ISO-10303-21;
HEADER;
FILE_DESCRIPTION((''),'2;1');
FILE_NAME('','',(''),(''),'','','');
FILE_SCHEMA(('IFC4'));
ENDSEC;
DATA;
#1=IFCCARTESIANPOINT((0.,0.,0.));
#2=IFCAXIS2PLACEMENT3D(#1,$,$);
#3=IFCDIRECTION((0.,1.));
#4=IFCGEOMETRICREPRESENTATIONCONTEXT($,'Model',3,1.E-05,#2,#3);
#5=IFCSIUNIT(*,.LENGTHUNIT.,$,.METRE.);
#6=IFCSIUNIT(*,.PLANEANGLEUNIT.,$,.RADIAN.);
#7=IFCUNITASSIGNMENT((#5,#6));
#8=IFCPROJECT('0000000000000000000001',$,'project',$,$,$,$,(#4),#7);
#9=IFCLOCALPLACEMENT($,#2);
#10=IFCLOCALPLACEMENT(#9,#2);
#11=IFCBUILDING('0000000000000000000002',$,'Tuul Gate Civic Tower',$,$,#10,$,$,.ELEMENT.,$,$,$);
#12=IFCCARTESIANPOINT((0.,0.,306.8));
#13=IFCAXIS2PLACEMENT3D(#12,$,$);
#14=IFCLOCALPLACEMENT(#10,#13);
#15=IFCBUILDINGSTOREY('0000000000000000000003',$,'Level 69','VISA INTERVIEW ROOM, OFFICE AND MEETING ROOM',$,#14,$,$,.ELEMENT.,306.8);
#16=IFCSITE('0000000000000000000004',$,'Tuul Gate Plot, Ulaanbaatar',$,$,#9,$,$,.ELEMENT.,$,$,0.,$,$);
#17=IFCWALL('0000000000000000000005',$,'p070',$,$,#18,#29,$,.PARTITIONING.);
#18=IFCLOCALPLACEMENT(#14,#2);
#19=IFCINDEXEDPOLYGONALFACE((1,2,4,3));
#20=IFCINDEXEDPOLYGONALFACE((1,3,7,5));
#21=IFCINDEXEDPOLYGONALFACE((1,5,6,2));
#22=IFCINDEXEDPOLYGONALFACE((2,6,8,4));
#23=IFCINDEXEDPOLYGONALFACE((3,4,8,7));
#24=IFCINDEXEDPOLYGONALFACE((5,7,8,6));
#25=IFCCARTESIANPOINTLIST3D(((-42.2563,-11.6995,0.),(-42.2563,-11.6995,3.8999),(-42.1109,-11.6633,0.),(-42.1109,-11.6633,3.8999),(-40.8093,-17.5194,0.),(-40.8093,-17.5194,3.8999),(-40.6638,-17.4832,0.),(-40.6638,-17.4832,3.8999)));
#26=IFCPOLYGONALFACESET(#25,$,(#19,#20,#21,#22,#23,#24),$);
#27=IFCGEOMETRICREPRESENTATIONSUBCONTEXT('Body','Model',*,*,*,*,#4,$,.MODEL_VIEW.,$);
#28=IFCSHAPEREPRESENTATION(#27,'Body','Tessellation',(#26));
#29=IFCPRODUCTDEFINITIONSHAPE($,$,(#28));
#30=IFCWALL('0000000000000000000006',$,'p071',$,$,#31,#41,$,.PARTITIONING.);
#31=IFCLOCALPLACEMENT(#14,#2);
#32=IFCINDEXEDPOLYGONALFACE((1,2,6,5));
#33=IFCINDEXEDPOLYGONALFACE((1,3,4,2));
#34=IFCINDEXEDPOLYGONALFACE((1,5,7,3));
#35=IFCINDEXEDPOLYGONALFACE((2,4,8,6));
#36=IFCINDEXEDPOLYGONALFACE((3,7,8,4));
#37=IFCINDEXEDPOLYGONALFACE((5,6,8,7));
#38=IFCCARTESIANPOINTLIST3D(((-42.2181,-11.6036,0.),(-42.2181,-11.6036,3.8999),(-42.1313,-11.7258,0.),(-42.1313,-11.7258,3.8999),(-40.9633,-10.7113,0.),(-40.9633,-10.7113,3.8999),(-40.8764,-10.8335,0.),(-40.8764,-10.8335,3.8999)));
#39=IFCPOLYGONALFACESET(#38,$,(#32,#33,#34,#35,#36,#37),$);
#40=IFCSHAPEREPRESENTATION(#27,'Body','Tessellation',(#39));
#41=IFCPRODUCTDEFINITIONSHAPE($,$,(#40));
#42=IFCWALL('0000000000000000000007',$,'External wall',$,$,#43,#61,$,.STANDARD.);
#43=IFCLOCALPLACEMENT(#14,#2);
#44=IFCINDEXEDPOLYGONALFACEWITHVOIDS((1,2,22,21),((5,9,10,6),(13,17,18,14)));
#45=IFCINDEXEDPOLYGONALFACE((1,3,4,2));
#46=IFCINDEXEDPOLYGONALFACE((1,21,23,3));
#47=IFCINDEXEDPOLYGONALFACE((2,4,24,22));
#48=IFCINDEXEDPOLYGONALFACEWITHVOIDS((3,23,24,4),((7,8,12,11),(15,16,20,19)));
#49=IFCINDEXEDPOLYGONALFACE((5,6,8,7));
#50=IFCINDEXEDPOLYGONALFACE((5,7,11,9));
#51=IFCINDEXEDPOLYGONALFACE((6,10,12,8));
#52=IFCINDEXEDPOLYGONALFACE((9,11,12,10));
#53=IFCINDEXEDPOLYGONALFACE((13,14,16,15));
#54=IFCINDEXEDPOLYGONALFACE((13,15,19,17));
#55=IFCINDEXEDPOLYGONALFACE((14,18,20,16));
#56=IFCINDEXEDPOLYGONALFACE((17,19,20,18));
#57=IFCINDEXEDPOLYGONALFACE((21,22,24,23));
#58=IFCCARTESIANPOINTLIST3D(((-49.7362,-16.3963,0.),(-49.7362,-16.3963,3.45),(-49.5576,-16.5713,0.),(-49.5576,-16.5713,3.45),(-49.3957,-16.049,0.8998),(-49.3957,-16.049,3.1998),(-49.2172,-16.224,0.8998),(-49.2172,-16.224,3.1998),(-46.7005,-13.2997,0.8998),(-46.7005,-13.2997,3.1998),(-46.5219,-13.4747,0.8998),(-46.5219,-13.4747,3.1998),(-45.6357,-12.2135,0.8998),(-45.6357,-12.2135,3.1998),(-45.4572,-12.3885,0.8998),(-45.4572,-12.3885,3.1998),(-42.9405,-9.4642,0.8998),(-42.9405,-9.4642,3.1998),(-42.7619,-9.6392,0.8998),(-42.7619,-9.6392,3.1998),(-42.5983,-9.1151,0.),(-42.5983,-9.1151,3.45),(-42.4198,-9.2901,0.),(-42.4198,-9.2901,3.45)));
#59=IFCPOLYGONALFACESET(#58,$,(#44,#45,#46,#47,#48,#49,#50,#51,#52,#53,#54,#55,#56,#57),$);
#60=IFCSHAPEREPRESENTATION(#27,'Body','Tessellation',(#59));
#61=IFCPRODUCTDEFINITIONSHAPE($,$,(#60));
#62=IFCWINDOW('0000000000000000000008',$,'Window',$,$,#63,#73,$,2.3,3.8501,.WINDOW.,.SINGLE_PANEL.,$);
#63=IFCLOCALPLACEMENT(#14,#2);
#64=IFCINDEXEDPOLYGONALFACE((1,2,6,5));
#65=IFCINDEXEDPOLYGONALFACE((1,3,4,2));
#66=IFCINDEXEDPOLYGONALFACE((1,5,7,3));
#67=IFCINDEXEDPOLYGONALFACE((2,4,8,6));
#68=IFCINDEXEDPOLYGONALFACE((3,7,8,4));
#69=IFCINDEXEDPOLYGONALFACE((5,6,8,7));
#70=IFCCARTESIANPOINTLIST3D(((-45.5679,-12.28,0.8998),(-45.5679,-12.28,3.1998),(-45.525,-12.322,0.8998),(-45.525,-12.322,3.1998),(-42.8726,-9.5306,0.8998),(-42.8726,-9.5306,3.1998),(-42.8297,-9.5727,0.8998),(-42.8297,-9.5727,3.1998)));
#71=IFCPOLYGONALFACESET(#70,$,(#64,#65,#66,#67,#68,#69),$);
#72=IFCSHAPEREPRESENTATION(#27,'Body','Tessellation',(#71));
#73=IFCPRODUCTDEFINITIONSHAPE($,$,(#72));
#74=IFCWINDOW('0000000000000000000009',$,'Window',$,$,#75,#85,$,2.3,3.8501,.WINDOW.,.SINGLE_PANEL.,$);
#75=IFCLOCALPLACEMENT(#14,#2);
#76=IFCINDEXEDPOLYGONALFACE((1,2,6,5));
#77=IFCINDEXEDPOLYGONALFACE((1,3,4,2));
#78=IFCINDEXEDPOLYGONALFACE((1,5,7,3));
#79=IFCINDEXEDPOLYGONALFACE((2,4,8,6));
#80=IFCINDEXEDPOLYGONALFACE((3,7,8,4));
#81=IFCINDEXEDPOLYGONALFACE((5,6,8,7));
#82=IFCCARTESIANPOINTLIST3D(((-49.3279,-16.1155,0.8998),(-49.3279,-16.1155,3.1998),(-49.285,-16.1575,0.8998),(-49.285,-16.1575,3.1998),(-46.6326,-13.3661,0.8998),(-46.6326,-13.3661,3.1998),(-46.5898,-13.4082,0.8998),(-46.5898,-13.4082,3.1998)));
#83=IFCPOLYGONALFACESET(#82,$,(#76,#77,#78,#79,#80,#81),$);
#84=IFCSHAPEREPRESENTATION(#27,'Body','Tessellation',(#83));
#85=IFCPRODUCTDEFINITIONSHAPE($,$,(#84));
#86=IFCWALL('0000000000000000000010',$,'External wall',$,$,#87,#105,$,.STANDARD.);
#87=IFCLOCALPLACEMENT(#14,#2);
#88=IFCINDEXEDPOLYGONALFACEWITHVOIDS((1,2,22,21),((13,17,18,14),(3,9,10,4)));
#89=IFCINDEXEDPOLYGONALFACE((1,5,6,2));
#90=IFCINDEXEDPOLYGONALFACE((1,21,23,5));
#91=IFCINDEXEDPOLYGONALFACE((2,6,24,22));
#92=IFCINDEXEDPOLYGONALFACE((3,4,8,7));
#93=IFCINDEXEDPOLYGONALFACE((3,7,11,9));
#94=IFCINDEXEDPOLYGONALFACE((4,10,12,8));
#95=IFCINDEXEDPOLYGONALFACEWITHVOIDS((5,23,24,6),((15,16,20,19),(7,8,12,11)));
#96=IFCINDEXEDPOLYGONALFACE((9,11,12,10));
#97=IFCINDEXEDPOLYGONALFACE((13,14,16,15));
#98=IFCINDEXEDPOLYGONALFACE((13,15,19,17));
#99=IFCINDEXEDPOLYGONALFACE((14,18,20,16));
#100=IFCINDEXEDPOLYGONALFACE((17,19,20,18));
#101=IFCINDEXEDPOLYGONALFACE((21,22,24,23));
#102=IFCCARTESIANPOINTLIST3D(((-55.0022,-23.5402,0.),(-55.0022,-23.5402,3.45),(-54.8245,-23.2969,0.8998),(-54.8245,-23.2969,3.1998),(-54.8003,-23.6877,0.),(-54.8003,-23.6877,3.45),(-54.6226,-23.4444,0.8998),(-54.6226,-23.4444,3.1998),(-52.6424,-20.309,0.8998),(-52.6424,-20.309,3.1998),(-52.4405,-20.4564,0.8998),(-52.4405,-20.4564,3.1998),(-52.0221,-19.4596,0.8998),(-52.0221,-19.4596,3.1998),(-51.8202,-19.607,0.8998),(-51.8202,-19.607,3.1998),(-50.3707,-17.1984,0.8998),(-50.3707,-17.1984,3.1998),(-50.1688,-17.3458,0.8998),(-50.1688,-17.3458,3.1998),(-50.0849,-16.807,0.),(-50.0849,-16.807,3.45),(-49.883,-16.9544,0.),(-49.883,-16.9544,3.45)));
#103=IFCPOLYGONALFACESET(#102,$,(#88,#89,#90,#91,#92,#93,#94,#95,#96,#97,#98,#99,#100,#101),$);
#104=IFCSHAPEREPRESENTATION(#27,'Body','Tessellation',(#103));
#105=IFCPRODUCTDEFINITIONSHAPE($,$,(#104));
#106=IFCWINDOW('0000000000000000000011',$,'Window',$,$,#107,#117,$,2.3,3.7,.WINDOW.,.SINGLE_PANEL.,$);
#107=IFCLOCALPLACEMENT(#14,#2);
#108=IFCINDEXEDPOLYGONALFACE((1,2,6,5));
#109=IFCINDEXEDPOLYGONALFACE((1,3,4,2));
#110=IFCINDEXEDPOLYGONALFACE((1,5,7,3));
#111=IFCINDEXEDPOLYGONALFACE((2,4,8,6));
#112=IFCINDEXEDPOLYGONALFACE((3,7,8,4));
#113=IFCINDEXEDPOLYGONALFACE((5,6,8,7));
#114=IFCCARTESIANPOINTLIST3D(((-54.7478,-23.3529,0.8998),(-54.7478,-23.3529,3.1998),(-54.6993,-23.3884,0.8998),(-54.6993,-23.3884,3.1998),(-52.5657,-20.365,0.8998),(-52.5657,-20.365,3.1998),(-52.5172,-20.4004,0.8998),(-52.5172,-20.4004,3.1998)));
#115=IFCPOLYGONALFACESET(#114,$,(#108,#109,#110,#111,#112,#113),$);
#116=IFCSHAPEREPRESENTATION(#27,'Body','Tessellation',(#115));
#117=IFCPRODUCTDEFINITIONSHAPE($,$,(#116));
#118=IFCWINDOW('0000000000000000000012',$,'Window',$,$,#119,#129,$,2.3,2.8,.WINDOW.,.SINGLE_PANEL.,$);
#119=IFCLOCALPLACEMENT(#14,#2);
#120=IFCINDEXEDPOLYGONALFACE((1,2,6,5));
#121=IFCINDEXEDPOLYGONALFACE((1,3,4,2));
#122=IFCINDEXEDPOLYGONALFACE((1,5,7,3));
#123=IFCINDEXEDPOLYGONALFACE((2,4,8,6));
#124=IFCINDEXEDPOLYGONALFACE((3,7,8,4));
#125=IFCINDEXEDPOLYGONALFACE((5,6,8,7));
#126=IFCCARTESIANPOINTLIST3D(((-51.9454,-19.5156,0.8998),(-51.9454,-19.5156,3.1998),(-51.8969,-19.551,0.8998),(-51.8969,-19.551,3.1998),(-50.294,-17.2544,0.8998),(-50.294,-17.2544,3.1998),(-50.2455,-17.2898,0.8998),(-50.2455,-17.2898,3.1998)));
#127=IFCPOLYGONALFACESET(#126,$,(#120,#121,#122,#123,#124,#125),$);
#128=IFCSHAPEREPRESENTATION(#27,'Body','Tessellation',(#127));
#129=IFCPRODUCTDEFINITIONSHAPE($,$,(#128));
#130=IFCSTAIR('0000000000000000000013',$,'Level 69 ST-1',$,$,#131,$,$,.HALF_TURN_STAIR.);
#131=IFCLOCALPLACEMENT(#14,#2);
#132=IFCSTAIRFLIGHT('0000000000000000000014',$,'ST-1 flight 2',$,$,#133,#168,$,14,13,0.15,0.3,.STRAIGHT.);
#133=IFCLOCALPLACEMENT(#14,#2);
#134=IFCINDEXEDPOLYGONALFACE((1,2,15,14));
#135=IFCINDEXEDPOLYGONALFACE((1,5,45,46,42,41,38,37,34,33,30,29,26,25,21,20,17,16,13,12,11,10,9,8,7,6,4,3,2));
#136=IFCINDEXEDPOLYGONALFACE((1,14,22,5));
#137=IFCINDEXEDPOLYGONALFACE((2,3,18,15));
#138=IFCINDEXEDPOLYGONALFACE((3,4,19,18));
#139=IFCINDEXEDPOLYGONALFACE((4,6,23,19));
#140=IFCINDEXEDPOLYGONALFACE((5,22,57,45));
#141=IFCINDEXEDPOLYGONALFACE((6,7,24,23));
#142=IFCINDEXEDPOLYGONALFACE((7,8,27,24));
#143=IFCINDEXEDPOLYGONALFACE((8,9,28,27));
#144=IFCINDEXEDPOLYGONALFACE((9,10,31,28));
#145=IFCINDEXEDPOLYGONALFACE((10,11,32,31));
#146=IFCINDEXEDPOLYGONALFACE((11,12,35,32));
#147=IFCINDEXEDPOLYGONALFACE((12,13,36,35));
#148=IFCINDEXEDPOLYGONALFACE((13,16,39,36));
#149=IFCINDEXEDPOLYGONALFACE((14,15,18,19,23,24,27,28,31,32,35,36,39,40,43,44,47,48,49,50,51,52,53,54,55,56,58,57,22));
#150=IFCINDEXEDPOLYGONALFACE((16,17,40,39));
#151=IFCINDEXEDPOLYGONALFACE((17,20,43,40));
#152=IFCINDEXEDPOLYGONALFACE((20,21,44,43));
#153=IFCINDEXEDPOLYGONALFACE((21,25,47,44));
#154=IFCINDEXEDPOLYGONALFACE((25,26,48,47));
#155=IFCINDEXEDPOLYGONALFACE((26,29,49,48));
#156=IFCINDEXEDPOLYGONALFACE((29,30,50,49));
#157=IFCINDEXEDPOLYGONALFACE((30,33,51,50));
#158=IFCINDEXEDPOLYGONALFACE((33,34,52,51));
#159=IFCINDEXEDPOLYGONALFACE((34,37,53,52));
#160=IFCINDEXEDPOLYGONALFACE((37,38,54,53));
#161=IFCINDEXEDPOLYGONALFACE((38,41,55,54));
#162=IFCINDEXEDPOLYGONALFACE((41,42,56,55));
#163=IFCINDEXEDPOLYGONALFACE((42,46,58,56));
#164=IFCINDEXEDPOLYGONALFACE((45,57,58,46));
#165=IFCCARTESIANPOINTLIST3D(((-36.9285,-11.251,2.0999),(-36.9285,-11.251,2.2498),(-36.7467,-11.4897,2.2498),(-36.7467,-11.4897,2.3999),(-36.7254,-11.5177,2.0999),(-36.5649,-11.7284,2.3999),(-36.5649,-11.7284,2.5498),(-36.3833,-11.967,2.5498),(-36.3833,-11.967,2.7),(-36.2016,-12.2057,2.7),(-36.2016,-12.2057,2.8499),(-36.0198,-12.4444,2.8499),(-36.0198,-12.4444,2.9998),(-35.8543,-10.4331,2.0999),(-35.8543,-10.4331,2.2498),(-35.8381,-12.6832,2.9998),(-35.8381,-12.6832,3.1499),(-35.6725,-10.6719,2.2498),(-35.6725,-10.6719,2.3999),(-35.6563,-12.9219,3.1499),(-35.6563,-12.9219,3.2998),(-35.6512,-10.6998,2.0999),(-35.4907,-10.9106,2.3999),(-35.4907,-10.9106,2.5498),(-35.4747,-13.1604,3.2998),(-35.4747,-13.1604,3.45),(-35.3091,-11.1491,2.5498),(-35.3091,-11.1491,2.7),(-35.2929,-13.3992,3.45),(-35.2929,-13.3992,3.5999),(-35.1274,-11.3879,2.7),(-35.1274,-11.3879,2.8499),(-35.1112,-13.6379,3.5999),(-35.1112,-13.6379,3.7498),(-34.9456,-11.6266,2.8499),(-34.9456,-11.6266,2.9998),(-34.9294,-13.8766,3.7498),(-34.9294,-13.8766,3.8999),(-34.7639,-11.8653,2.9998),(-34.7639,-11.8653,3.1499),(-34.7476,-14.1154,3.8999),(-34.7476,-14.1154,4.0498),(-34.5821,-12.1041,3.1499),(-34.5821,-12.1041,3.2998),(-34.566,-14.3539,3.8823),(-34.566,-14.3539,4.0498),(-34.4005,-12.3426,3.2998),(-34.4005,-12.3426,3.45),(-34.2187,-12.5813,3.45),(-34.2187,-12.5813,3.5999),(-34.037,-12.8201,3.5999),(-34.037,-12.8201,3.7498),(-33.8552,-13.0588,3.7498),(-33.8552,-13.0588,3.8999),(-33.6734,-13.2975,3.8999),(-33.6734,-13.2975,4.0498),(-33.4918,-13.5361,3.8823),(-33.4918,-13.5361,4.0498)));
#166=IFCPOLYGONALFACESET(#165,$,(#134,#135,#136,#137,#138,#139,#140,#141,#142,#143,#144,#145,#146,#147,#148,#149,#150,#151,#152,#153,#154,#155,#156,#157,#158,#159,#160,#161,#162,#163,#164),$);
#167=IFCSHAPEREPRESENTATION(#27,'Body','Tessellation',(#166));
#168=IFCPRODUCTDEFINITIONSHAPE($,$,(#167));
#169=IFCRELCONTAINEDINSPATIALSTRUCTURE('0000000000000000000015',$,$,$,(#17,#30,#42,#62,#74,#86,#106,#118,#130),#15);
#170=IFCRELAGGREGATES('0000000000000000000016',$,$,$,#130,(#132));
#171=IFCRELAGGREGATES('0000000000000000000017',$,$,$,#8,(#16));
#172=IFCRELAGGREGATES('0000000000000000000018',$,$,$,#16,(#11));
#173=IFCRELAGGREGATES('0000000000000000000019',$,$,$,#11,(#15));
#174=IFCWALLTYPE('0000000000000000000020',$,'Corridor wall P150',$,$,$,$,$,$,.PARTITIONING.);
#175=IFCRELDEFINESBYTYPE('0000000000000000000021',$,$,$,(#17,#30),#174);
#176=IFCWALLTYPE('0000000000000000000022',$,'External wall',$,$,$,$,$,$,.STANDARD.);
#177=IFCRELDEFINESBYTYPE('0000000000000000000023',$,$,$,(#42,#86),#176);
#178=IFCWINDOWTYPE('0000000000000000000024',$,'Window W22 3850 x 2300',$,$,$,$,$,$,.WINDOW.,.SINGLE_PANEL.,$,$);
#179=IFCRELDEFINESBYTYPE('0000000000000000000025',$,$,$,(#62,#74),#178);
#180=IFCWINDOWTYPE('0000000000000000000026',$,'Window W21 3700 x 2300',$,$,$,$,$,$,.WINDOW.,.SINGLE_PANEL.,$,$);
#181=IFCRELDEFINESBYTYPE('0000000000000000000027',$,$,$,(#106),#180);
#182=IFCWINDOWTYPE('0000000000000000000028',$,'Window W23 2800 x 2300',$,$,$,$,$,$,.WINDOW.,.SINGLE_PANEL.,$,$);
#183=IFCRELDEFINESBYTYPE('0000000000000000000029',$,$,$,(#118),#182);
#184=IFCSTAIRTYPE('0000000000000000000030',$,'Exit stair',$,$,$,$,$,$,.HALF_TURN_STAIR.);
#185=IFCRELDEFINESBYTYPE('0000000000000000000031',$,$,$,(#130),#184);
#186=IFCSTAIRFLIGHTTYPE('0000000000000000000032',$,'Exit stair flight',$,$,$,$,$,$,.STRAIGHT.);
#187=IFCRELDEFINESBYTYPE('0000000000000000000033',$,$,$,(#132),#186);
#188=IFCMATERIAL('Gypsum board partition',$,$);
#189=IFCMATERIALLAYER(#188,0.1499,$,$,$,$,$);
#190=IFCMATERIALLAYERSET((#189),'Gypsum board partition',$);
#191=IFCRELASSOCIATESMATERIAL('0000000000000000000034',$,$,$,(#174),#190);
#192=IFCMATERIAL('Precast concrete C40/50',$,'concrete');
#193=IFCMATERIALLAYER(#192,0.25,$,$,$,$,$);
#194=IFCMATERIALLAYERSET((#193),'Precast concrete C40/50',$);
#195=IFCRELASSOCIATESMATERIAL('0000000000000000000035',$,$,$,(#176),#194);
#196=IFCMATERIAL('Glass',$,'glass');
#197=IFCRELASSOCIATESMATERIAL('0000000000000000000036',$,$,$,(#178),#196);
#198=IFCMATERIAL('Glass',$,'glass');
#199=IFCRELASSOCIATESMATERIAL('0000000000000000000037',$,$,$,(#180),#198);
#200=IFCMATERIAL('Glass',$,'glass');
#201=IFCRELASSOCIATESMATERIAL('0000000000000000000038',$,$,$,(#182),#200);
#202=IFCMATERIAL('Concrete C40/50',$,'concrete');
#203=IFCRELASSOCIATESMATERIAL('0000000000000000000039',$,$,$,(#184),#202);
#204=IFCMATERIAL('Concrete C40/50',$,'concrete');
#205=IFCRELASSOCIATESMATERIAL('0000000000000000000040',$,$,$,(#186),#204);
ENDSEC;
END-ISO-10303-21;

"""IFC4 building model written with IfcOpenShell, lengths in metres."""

from ifc_helpers import new_model, si_unit, direction, frame, frame_2d, origin, place, context, subcontext, project, spatial, polyline, rectangle, outline, extrude, material, layer, layer_set, type_object, element, fill, aggregate, save


model = new_model("IFC4")

# Units and contexts
model_context = context("Model", 3, precision=1e-05, world=origin(), true_north=direction((0.0, 1.0)))
body_context = subcontext(model_context, "Body", "Model", "MODEL_VIEW")
ifc_project = project(units=[si_unit("LENGTHUNIT", "METRE"), si_unit("PLANEANGLEUNIT", "RADIAN")], contexts=[model_context])

# Site, building, storey
site_placement = place(None, origin())
site = spatial("IfcSite", under=ifc_project, at=site_placement, Name="Tuul Gate Plot, Ulaanbaatar", CompositionType="ELEMENT", RefElevation=0.0)
building_placement = place(site_placement, origin())
building = spatial("IfcBuilding", under=site, at=building_placement, Name="Tuul Gate Civic Tower", CompositionType="ELEMENT")
storey_placement = place(building_placement, frame((0.0, 0.0, 306.8)))
storey = spatial("IfcBuildingStorey", under=building, at=storey_placement, Name="Level 69", Description="VISA INTERVIEW ROOM, OFFICE AND MEETING ROOM", CompositionType="ELEMENT", Elevation=306.8)

# Walls
ifc_material_1 = material(Name="Gypsum board partition")
ifc_layer_1 = layer(ifc_material_1, 0.1499)
ifc_layer_set_1 = layer_set([ifc_layer_1], Name="Gypsum board partition")
wall_type_1 = type_object("IfcWallType", Name="Corridor wall P150", PredefinedType="PARTITIONING", material=ifc_layer_set_1)
wall_1_placement = place(storey_placement, frame((-42.1836, -11.6814, 0.0), z_axis=(0.0, 0.0, 1.0), x_axis=(0.24129, -0.970453, 0.0)))
element("IfcWall", 1, at=wall_1_placement, inside=storey, type_object=wall_type_1, Name="p070", PredefinedType="PARTITIONING", context=body_context, shape_type="SweptSolid", body=[
    extrude(rectangle(XDim=5.9971, YDim=0.1499, at=frame_2d((2.9985, 0.0))), origin(), (0.0, 0.0, 1.0), 3.8999),
])
wall_2_placement = place(storey_placement, frame((-42.1748, -11.6648, 0.0), z_axis=(0.0, 0.0, 1.0), x_axis=(0.814964, 0.579512, 0.0)))
element("IfcWall", 2, at=wall_2_placement, inside=storey, type_object=wall_type_1, Name="p071", PredefinedType="PARTITIONING", context=body_context, shape_type="SweptSolid", body=[
    extrude(rectangle(XDim=1.5398, YDim=0.1499, at=frame_2d((0.77, 0.0))), origin(), (0.0, 0.0, 1.0), 3.8999),
])

# Walls, openings, windows
ifc_material_2 = material(Name="Precast concrete C40/50", Category="concrete")
ifc_layer_2 = layer(ifc_material_2, 0.25)
ifc_layer_set_2 = layer_set([ifc_layer_2], Name="Precast concrete C40/50")
wall_type_2 = type_object("IfcWallType", Name="External wall", PredefinedType="STANDARD", material=ifc_layer_set_2)
wall_3_placement = place(storey_placement, frame((-42.509, -9.2026, 0.0), z_axis=(0.0, 0.0, 1.0), x_axis=(-0.700044, -0.714099, 0.0)))
wall_3 = element("IfcWall", 3, at=wall_3_placement, inside=storey, type_object=wall_type_2, Name="External wall", PredefinedType="STANDARD", context=body_context, shape_type="SweptSolid", body=[
    extrude(rectangle(XDim=10.1963, YDim=0.25, at=frame_2d((5.0981, 0.0))), origin(), (0.0, 0.0, 1.0), 3.45),
])
opening_1_placement = place(wall_3_placement, frame((0.4888, 0.0, 0.8999)))
opening_1 = element("IfcOpeningElement", 4, at=opening_1_placement, cuts=wall_3, PredefinedType="OPENING", context=body_context, shape_type="SweptSolid", body=[
    extrude(rectangle(XDim=3.8501, YDim=2.3, at=frame_2d((1.925, 1.1499))), frame((0.0, 0.135, 0.0), z_axis=(0.0, -1.0, 0.0), x_axis=(1.0, 0.0, 0.0)), (0.0, 0.0, 1.0), 0.27),
])
opening_2_placement = place(wall_3_placement, frame((5.8599, 0.0, 0.8999)))
opening_2 = element("IfcOpeningElement", 5, at=opening_2_placement, cuts=wall_3, PredefinedType="OPENING", context=body_context, shape_type="SweptSolid", body=[
    extrude(rectangle(XDim=3.8501, YDim=2.3, at=frame_2d((1.925, 1.1499))), frame((0.0, 0.135, 0.0), z_axis=(0.0, -1.0, 0.0), x_axis=(1.0, 0.0, 0.0)), (0.0, 0.0, 1.0), 0.27),
])
ifc_material_3 = material(Name="Glass", Category="glass")
window_type_1 = type_object("IfcWindowType", Name="Window W22 3850 x 2300", PartitioningType="SINGLE_PANEL", PredefinedType="WINDOW", material=ifc_material_3)
window_1_placement = place(opening_1_placement, origin())
window_1 = element("IfcWindow", 6, at=window_1_placement, inside=storey, type_object=window_type_1, Name="Window", OverallHeight=2.3, OverallWidth=3.8501, PartitioningType="SINGLE_PANEL", PredefinedType="WINDOW", context=body_context, shape_type="SweptSolid", body=[
    extrude(rectangle(XDim=3.8501, YDim=2.3, at=frame_2d((1.925, 1.1499))), frame((0.0, 0.03, 0.0), z_axis=(0.0, -1.0, 0.0), x_axis=(1.0, 0.0, 0.0)), (0.0, 0.0, 1.0), 0.0601),
])
fill(opening_1, window_1)
window_2_placement = place(opening_2_placement, origin())
window_2 = element("IfcWindow", 7, at=window_2_placement, inside=storey, type_object=window_type_1, Name="Window", OverallHeight=2.3, OverallWidth=3.8501, PartitioningType="SINGLE_PANEL", PredefinedType="WINDOW", context=body_context, shape_type="SweptSolid", body=[
    extrude(rectangle(XDim=3.8501, YDim=2.3, at=frame_2d((1.925, 1.1499))), frame((0.0, 0.03, 0.0), z_axis=(0.0, -1.0, 0.0), x_axis=(1.0, 0.0, 0.0)), (0.0, 0.0, 1.0), 0.0601),
])
fill(opening_2, window_2)
wall_4_placement = place(storey_placement, frame((-49.9839, -16.8806, 0.0), z_axis=(0.0, 0.0, 1.0), x_axis=(-0.589771, -0.807571, 0.0)))
wall_4 = element("IfcWall", 8, at=wall_4_placement, inside=storey, type_object=wall_type_2, Name="External wall", PredefinedType="STANDARD", context=body_context, shape_type="SweptSolid", body=[
    extrude(rectangle(XDim=8.3376, YDim=0.25, at=frame_2d((4.1689, 0.0))), origin(), (0.0, 0.0, 1.0), 3.45),
])
opening_3_placement = place(wall_4_placement, frame((0.4849, 0.0, 0.8999)))
opening_3 = element("IfcOpeningElement", 9, at=opening_3_placement, cuts=wall_4, PredefinedType="OPENING", context=body_context, shape_type="SweptSolid", body=[
    extrude(rectangle(XDim=2.8, YDim=2.3, at=frame_2d((1.3999, 1.1499))), frame((0.0, 0.135, 0.0), z_axis=(0.0, -1.0, 0.0), x_axis=(1.0, 0.0, 0.0)), (0.0, 0.0, 1.0), 0.27),
])
opening_4_placement = place(wall_4_placement, frame((4.3364, 0.0, 0.8999)))
opening_4 = element("IfcOpeningElement", 10, at=opening_4_placement, cuts=wall_4, PredefinedType="OPENING", context=body_context, shape_type="SweptSolid", body=[
    extrude(rectangle(XDim=3.7, YDim=2.3, at=frame_2d((1.8501, 1.1499))), frame((0.0, 0.135, 0.0), z_axis=(0.0, -1.0, 0.0), x_axis=(1.0, 0.0, 0.0)), (0.0, 0.0, 1.0), 0.27),
])
ifc_material_4 = material(Name="Glass", Category="glass")
window_type_2 = type_object("IfcWindowType", Name="Window W21 3700 x 2300", PartitioningType="SINGLE_PANEL", PredefinedType="WINDOW", material=ifc_material_4)
window_3_placement = place(opening_4_placement, origin())
window_3 = element("IfcWindow", 11, at=window_3_placement, inside=storey, type_object=window_type_2, Name="Window", OverallHeight=2.3, OverallWidth=3.7, PartitioningType="SINGLE_PANEL", PredefinedType="WINDOW", context=body_context, shape_type="SweptSolid", body=[
    extrude(rectangle(XDim=3.7, YDim=2.3, at=frame_2d((1.8501, 1.1499))), frame((0.0, 0.03, 0.0), z_axis=(0.0, -1.0, 0.0), x_axis=(1.0, 0.0, 0.0)), (0.0, 0.0, 1.0), 0.0601),
])
fill(opening_4, window_3)
ifc_material_5 = material(Name="Glass", Category="glass")
window_type_3 = type_object("IfcWindowType", Name="Window W23 2800 x 2300", PartitioningType="SINGLE_PANEL", PredefinedType="WINDOW", material=ifc_material_5)
window_4_placement = place(opening_3_placement, origin())
window_4 = element("IfcWindow", 12, at=window_4_placement, inside=storey, type_object=window_type_3, Name="Window", OverallHeight=2.3, OverallWidth=2.8, PartitioningType="SINGLE_PANEL", PredefinedType="WINDOW", context=body_context, shape_type="SweptSolid", body=[
    extrude(rectangle(XDim=2.8, YDim=2.3, at=frame_2d((1.3999, 1.1499))), frame((0.0, 0.03, 0.0), z_axis=(0.0, -1.0, 0.0), x_axis=(1.0, 0.0, 0.0)), (0.0, 0.0, 1.0), 0.0601),
])
fill(opening_3, window_4)

# Stair, stair flight
ifc_material_6 = material(Name="Concrete C40/50", Category="concrete")
stair_type = type_object("IfcStairType", Name="Exit stair", PredefinedType="HALF_TURN_STAIR", material=ifc_material_6)
stair_placement = place(storey_placement, origin())
stair = element("IfcStair", 13, at=stair_placement, inside=storey, type_object=stair_type, Name="Level 69 ST-1", PredefinedType="HALF_TURN_STAIR")
ifc_material_7 = material(Name="Concrete C40/50", Category="concrete")
stair_flight_type = type_object("IfcStairFlightType", Name="Exit stair flight", PredefinedType="STRAIGHT", material=ifc_material_7)
stair_flight_placement = place(storey_placement, frame((-36.3914, -10.842, 2.0999), z_axis=(0.0, 0.0, 1.0), x_axis=(0.605764, -0.795644, 0.0)))
stair_flight = element("IfcStairFlight", 14, at=stair_flight_placement, type_object=stair_flight_type, Name="ST-1 flight 2", NumberOfRisers=14, NumberOfTreads=13, PredefinedType="STRAIGHT", RiserHeight=0.15, TreadLength=0.3, context=body_context, shape_type="SweptSolid", body=[
    extrude(outline(polyline([(0.0, 0.0), (0.0, 0.1499), (0.3, 0.1499), (0.3, 0.3), (0.6001, 0.3), (0.6001, 0.45), (0.8999, 0.45), (0.8999, 0.6001), (1.2, 0.6001), (1.2, 0.75), (1.5, 0.75), (1.5, 0.8999), (1.8, 0.8999), (1.8, 1.05), (2.1001, 1.05), (2.1001, 1.2), (2.3999, 1.2), (2.3999, 1.3501), (2.7, 1.3501), (2.7, 1.5), (3.0, 1.5), (3.0, 1.6499), (3.3, 1.6499), (3.3, 1.8), (3.6001, 1.8), (3.6001, 1.95), (3.8999, 1.95), (3.8999, 2.1001), (3.8999, 1.7825), (0.3352, 0.0), (0.0, 0.0)])), frame((0.0, 0.675, 0.0), z_axis=(0.0, -1.0, 0.0), x_axis=(1.0, 0.0, 0.0)), (0.0, 0.0, 1.0), 1.3501),
])
aggregate(stair, [stair_flight])

save(model, "model.ifc")
